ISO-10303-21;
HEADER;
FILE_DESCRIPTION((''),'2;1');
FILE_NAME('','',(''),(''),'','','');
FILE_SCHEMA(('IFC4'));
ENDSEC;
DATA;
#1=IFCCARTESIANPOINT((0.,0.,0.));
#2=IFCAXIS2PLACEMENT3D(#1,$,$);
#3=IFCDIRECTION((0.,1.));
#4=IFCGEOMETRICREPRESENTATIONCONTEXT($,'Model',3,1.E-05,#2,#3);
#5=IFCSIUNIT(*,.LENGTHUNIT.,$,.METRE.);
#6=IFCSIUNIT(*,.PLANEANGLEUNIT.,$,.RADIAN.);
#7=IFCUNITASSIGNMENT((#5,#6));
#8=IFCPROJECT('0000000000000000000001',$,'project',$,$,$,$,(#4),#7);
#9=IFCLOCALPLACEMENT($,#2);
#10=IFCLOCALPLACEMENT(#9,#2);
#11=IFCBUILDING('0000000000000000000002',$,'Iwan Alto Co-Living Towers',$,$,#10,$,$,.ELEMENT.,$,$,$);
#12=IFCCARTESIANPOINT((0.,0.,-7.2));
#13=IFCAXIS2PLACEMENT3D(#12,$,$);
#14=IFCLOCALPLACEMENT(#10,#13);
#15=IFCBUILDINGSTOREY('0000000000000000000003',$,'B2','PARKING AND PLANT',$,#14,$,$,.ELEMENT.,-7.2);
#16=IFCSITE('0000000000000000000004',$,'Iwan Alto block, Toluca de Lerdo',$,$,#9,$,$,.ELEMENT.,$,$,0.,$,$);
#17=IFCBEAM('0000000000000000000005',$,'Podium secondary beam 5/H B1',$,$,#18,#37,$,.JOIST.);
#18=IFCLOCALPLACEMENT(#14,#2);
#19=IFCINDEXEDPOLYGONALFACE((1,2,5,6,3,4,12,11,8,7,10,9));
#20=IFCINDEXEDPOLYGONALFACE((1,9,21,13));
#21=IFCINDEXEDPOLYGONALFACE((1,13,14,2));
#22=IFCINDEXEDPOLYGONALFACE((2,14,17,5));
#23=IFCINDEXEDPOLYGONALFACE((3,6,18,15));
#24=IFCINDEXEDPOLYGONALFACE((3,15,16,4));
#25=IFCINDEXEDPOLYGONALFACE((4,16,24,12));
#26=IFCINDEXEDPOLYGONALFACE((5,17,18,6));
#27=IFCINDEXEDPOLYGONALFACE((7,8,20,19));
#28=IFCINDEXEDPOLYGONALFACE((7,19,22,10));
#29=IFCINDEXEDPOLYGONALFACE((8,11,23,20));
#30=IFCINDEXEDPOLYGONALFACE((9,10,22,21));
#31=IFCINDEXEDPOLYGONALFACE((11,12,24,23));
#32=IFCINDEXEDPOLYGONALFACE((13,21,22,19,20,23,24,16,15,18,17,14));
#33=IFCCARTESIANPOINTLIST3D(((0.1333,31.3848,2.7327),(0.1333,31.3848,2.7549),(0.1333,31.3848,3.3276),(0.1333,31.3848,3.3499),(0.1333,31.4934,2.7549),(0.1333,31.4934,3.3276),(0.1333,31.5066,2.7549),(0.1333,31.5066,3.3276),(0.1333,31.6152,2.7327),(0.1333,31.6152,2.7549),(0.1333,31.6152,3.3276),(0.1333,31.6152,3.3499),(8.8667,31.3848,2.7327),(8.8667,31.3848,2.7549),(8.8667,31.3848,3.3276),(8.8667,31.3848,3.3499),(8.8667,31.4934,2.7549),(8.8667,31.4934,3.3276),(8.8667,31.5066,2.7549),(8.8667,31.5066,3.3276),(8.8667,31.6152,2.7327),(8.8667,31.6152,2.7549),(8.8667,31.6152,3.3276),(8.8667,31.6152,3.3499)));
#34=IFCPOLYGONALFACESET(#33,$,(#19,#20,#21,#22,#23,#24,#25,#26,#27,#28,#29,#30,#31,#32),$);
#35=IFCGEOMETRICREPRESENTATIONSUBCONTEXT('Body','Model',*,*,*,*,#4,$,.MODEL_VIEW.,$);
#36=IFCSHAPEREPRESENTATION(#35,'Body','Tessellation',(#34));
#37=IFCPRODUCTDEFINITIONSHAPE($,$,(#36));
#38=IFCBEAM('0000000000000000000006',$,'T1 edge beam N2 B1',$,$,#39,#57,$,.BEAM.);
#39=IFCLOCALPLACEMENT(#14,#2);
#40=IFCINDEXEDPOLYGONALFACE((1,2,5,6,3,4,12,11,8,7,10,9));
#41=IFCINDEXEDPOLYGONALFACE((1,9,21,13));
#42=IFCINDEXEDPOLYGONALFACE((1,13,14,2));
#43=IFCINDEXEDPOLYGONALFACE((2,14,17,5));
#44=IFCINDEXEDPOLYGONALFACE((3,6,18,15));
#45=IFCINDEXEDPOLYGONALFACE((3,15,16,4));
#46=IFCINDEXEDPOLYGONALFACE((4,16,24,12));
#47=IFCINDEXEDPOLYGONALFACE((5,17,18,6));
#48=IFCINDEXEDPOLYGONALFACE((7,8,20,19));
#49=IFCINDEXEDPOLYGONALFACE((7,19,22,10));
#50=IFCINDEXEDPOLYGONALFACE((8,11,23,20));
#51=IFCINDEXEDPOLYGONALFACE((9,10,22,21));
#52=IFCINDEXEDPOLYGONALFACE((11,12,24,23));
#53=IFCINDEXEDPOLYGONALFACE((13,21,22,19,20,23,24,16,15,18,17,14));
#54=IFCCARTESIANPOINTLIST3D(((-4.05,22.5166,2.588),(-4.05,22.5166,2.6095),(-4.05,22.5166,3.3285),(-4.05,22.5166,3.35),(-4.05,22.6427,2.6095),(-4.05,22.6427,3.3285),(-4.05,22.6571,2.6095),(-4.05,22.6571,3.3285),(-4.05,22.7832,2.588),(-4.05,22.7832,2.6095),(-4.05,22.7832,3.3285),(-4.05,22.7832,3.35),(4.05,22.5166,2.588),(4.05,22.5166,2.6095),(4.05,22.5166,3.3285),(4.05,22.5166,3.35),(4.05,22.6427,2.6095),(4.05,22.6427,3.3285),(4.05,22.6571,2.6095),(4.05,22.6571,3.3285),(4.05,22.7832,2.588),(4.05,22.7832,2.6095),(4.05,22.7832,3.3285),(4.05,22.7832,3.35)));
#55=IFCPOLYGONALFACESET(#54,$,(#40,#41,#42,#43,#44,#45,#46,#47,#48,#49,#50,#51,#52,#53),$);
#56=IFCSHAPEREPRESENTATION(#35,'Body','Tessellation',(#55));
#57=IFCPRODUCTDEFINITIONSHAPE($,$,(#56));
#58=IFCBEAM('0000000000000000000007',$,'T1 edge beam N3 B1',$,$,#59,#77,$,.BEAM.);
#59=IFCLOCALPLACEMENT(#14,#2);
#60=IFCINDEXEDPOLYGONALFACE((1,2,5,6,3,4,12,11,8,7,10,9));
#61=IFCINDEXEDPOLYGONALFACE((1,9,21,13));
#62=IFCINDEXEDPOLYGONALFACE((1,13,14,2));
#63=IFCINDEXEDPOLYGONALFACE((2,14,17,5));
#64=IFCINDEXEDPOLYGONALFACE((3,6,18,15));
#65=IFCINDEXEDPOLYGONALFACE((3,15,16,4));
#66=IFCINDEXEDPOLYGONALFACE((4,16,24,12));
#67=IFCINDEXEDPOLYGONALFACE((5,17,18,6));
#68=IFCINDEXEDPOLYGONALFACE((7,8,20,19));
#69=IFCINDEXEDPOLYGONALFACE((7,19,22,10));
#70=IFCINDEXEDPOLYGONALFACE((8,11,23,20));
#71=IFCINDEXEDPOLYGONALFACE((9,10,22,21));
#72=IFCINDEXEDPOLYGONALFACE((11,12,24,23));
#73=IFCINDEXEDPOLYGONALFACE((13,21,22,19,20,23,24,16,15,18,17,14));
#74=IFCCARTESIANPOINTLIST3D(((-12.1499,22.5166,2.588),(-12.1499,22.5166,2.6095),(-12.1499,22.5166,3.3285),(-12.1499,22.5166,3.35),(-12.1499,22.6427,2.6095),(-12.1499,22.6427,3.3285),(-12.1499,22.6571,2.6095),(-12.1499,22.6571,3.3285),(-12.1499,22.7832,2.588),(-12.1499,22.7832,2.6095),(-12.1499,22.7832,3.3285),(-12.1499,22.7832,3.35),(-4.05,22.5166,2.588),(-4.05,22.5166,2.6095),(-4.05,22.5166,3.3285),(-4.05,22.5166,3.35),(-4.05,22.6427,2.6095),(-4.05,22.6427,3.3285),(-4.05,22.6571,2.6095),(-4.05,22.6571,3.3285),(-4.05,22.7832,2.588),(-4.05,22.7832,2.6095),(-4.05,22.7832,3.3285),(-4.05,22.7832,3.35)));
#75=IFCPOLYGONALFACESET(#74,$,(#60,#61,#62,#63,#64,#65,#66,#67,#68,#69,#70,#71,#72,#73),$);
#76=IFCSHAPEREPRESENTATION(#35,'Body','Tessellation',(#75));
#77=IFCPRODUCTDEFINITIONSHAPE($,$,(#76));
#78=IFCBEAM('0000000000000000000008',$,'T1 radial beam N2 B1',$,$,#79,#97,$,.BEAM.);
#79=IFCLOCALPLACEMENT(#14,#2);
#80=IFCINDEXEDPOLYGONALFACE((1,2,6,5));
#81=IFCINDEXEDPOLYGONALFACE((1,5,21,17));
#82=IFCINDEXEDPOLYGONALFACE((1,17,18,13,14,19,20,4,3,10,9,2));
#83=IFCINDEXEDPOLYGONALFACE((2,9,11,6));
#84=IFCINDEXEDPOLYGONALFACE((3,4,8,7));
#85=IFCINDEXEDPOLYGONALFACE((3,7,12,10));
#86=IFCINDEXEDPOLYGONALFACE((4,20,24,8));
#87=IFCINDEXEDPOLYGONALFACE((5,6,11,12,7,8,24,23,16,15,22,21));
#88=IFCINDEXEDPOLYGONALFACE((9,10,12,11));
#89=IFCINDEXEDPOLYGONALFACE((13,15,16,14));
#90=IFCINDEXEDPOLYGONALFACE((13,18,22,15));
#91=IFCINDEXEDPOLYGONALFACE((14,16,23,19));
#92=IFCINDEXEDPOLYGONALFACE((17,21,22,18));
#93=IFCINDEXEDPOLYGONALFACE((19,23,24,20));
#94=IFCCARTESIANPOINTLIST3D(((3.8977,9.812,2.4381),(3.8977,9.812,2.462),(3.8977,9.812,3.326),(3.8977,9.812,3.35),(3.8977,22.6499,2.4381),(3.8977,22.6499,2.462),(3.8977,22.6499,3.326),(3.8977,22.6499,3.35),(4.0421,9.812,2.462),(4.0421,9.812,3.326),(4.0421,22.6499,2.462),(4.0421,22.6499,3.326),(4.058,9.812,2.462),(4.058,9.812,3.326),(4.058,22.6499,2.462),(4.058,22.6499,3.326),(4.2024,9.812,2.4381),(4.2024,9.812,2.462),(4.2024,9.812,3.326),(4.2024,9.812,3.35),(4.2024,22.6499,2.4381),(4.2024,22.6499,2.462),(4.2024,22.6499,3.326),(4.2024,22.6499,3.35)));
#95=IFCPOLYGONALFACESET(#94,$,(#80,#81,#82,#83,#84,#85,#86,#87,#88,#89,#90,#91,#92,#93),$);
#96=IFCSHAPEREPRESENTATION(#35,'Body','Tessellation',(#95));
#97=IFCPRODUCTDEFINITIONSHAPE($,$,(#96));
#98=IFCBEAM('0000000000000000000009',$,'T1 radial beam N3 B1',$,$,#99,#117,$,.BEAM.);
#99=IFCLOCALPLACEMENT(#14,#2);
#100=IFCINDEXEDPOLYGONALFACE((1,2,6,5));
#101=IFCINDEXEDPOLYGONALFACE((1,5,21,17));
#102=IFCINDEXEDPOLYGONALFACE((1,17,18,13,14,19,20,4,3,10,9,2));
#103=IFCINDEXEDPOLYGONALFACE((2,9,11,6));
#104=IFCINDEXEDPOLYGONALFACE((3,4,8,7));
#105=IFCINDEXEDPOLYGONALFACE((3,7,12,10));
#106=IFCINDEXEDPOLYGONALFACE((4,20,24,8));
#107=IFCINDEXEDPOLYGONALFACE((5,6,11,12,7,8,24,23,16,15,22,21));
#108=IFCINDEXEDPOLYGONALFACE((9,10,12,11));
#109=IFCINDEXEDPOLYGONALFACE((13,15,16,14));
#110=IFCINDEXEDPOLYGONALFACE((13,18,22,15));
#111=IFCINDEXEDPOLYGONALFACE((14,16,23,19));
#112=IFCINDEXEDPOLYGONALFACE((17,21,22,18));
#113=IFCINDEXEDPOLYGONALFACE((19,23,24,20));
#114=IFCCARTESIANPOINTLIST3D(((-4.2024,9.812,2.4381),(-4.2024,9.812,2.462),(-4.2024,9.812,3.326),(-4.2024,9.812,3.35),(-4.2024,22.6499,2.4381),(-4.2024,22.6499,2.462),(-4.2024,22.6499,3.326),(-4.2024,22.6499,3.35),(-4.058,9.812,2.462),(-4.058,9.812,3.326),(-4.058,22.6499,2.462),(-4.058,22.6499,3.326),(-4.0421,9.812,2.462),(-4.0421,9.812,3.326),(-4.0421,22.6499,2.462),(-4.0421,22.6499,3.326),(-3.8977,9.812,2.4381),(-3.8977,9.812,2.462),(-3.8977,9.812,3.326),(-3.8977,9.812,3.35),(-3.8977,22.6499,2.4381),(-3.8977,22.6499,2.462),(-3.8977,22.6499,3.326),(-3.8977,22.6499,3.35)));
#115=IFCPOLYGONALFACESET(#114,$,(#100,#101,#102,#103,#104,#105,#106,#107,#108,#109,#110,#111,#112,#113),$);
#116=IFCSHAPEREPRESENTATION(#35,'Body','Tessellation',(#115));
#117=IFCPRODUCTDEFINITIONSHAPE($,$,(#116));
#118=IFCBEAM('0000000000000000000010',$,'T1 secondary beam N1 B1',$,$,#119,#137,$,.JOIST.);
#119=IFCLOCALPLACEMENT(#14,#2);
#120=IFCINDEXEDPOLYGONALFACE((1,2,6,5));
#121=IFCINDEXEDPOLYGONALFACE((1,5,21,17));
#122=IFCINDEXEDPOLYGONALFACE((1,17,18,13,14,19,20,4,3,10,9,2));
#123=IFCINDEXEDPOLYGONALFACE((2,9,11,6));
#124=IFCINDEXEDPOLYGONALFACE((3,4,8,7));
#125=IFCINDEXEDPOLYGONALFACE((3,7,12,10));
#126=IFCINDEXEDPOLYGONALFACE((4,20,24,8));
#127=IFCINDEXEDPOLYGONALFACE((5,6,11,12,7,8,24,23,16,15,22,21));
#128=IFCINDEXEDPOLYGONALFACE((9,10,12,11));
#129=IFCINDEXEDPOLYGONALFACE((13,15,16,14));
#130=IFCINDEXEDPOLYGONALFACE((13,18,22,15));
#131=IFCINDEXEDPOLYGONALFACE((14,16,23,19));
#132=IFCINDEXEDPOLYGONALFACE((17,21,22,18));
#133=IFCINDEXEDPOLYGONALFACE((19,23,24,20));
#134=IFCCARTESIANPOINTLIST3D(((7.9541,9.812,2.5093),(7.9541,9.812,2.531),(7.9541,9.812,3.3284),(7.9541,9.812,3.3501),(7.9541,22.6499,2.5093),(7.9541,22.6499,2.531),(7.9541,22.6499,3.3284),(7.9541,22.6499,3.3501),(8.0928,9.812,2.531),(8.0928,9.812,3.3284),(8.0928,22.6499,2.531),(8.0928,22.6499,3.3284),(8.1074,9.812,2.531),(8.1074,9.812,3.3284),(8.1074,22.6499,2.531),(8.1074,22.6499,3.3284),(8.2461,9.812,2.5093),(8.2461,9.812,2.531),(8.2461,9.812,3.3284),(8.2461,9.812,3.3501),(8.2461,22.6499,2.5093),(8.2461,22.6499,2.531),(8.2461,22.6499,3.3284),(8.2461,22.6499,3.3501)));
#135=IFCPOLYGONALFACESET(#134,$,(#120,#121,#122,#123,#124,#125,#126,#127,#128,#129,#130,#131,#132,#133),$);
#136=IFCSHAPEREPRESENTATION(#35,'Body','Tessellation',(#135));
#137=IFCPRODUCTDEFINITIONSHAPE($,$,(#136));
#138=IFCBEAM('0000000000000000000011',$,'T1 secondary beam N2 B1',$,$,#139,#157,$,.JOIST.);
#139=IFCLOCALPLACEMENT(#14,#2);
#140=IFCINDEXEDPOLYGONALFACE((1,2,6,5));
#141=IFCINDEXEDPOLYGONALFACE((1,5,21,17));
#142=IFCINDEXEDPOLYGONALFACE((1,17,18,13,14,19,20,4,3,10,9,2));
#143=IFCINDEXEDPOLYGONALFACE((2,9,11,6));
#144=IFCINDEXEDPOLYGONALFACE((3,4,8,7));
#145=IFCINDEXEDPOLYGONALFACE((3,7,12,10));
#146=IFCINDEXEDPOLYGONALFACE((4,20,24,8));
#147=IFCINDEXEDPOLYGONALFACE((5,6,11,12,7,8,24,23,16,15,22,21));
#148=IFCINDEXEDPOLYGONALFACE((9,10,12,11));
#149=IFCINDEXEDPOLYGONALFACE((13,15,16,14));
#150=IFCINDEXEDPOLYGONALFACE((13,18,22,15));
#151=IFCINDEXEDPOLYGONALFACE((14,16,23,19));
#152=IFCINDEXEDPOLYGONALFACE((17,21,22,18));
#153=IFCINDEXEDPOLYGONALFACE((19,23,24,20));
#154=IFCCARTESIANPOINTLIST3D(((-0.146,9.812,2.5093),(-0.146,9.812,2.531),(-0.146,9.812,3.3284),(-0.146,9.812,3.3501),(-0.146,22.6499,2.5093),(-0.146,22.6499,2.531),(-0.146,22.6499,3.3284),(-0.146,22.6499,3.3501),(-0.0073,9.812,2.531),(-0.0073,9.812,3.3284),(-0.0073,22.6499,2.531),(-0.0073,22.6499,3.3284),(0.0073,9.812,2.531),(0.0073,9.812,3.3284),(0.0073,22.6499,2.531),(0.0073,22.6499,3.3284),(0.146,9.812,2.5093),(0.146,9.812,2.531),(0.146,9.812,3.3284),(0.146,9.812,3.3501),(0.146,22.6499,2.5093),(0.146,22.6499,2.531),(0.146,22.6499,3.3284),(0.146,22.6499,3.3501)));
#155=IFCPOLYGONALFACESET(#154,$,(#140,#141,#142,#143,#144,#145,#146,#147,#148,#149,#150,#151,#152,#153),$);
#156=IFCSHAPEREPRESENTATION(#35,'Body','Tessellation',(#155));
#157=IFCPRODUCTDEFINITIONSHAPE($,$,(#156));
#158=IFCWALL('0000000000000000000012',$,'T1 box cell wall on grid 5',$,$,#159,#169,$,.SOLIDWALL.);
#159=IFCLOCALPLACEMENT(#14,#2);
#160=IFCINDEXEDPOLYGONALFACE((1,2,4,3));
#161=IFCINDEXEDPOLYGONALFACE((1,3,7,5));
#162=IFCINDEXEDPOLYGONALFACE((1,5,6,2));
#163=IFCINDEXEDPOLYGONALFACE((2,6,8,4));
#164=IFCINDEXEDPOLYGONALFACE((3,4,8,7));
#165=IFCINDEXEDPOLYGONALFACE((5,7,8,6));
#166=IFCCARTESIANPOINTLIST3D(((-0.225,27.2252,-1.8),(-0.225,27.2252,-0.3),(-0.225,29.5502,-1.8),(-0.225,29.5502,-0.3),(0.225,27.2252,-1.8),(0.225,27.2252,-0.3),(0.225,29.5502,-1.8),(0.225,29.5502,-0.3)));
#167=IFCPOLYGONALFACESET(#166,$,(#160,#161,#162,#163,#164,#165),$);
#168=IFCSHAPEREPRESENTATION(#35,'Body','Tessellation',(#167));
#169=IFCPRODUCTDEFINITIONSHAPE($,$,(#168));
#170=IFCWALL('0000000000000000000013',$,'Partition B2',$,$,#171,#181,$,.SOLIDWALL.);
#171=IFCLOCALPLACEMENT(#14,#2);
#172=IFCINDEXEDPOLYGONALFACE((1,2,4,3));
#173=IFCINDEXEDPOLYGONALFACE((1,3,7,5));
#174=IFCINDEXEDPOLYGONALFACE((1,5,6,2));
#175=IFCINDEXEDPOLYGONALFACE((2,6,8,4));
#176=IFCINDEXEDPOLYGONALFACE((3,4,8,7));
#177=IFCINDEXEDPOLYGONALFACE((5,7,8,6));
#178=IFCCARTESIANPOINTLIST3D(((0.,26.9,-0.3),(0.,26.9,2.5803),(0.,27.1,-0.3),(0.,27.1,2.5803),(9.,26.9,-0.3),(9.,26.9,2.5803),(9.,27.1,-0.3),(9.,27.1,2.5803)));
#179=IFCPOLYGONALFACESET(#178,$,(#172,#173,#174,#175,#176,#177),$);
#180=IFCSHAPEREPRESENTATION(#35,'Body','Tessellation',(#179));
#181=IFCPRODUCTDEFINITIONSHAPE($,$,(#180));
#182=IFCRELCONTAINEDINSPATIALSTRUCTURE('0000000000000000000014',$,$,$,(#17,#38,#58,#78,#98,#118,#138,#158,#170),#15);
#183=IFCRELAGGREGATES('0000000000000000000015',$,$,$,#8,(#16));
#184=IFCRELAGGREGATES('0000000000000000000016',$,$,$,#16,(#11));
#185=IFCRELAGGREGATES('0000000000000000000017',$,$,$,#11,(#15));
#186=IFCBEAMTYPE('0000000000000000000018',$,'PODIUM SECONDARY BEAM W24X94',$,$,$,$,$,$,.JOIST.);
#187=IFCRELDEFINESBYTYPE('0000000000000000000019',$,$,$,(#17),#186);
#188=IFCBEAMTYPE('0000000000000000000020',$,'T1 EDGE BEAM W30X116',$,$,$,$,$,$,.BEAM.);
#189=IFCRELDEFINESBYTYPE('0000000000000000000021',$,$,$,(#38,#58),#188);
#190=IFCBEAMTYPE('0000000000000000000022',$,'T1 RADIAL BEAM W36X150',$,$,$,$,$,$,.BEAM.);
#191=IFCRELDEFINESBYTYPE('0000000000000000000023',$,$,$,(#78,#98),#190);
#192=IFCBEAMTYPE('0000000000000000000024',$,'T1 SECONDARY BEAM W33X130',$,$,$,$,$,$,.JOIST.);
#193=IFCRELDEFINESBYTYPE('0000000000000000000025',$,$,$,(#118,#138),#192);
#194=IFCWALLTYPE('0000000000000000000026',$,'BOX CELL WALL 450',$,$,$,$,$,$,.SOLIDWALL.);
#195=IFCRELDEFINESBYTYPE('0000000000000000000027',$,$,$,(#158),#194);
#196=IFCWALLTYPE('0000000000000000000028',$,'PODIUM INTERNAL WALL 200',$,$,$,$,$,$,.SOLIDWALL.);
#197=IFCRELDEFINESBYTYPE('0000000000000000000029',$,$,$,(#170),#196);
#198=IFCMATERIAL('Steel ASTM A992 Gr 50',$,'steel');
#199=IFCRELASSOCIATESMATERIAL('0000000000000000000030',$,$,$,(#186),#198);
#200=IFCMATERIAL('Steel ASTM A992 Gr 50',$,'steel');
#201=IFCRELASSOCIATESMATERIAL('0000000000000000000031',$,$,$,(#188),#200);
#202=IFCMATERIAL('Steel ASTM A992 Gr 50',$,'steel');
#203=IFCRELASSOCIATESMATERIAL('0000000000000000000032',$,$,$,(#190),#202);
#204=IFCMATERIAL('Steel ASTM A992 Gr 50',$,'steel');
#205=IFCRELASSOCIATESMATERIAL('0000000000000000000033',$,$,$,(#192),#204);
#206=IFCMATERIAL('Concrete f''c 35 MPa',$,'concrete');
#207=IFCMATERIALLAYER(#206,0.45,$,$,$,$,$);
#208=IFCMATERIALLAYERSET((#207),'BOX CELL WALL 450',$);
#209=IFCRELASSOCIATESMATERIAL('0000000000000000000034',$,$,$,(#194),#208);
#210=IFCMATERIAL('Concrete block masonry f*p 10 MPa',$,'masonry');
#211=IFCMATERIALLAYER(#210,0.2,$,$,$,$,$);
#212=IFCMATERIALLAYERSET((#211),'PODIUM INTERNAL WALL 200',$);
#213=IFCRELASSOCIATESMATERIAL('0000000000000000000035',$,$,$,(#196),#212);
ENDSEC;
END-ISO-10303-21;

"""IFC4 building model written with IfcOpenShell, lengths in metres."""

from ifc_helpers import new_model, si_unit, direction, frame, frame_2d, origin, origin_2d, place, context, subcontext, project, spatial, rectangle, i_section, extrude, material, layer, layer_set, material_profile, profile_set, type_object, element, save


model = new_model("IFC4")

# Units and contexts
model_context = context("Model", 3, precision=1e-05, world=origin(), true_north=direction((0.0, 1.0)))
body_context = subcontext(model_context, "Body", "Model", "MODEL_VIEW")
ifc_project = project(units=[si_unit("LENGTHUNIT", "METRE"), si_unit("PLANEANGLEUNIT", "RADIAN")], contexts=[model_context])

# Site, building, storey
site_placement = place(None, origin())
site = spatial("IfcSite", under=ifc_project, at=site_placement, Name="Iwan Alto block, Toluca de Lerdo", CompositionType="ELEMENT", RefElevation=0.0)
building_placement = place(site_placement, origin())
building = spatial("IfcBuilding", under=site, at=building_placement, Name="Iwan Alto Co-Living Towers", CompositionType="ELEMENT")
storey_placement = place(building_placement, frame((0.0, 0.0, -7.2)))
storey = spatial("IfcBuildingStorey", under=building, at=storey_placement, Name="B2", Description="PARKING AND PLANT", CompositionType="ELEMENT", Elevation=-7.2)

# Beams
ifc_material_1 = material(Name="Steel ASTM A992 Gr 50", Category="steel")
ifc_material_profile_1 = material_profile(ifc_material_1, i_section(OverallWidth=0.2305, OverallDepth=0.6172, WebThickness=0.0132, FlangeThickness=0.0222, at=origin_2d()), Name="W24X94")
ifc_profile_set_1 = profile_set([ifc_material_profile_1], Name="Steel ASTM A992 Gr 50")
beam_type_1 = type_object("IfcBeamType", Name="PODIUM SECONDARY BEAM W24X94", PredefinedType="JOIST", material=ifc_profile_set_1)
beam_1_placement = place(storey_placement, frame((0.1333, 31.5, 3.0413), z_axis=(1.0, 0.0, 0.0), x_axis=(0.0, 1.0, 0.0)))
element("IfcBeam", 1, at=beam_1_placement, inside=storey, type_object=beam_type_1, Name="Podium secondary beam 5/H B1", PredefinedType="JOIST", context=body_context, shape_type="SweptSolid", body=[
    extrude(i_section(OverallWidth=0.2305, OverallDepth=0.6172, WebThickness=0.0132, FlangeThickness=0.0222, at=origin_2d()), origin(), (0.0, 0.0, 1.0), 8.7334),
])
ifc_material_2 = material(Name="Steel ASTM A992 Gr 50", Category="steel")
ifc_material_profile_2 = material_profile(ifc_material_2, i_section(OverallWidth=0.2666, OverallDepth=0.762, WebThickness=0.0144, FlangeThickness=0.0215, at=origin_2d()), Name="W30X116")
ifc_profile_set_2 = profile_set([ifc_material_profile_2], Name="Steel ASTM A992 Gr 50")
beam_type_2 = type_object("IfcBeamType", Name="T1 EDGE BEAM W30X116", PredefinedType="BEAM", material=ifc_profile_set_2)
beam_2_placement = place(storey_placement, frame((4.05, 22.6499, 2.969), z_axis=(-1.0, 0.0, 0.0), x_axis=(0.0, -1.0, 0.0)))
element("IfcBeam", 2, at=beam_2_placement, inside=storey, type_object=beam_type_2, Name="T1 edge beam N2 B1", PredefinedType="BEAM", context=body_context, shape_type="SweptSolid", body=[
    extrude(i_section(OverallWidth=0.2666, OverallDepth=0.762, WebThickness=0.0144, FlangeThickness=0.0215, at=origin_2d()), origin(), (0.0, 0.0, 1.0), 8.1001),
])
beam_3_placement = place(storey_placement, frame((-4.05, 22.6499, 2.969), z_axis=(-1.0, 0.0, 0.0), x_axis=(0.0, -1.0, 0.0)))
element("IfcBeam", 3, at=beam_3_placement, inside=storey, type_object=beam_type_2, Name="T1 edge beam N3 B1", PredefinedType="BEAM", context=body_context, shape_type="SweptSolid", body=[
    extrude(i_section(OverallWidth=0.2666, OverallDepth=0.762, WebThickness=0.0144, FlangeThickness=0.0215, at=origin_2d()), origin(), (0.0, 0.0, 1.0), 8.0999),
])
ifc_material_3 = material(Name="Steel ASTM A992 Gr 50", Category="steel")
ifc_material_profile_3 = material_profile(ifc_material_3, i_section(OverallWidth=0.3047, OverallDepth=0.9119, WebThickness=0.0159, FlangeThickness=0.0239, at=origin_2d()), Name="W36X150")
ifc_profile_set_3 = profile_set([ifc_material_profile_3], Name="Steel ASTM A992 Gr 50")
beam_type_3 = type_object("IfcBeamType", Name="T1 RADIAL BEAM W36X150", PredefinedType="BEAM", material=ifc_profile_set_3)
for number, where, z_axis, x_axis, name in (
    (4, (4.05, 22.6499, 2.894), (0.0, -1.0, 0.0), (1.0, 0.0, 0.0), "T1 radial beam N2 B1"),
    (5, (-4.05, 22.6499, 2.894), (0.0, -1.0, 0.0), (1.0, 0.0, 0.0), "T1 radial beam N3 B1"),
):
    element("IfcBeam", number, at=place(storey_placement, frame(where, z_axis=z_axis, x_axis=x_axis)), inside=storey, type_object=beam_type_3, Name=name, PredefinedType="BEAM", context=body_context, shape_type="SweptSolid", body=[
        extrude(i_section(OverallWidth=0.3047, OverallDepth=0.9119, WebThickness=0.0159, FlangeThickness=0.0239, at=origin_2d()), origin(), (0.0, 0.0, 1.0), 12.8379),
    ])
ifc_material_4 = material(Name="Steel ASTM A992 Gr 50", Category="steel")
ifc_material_profile_4 = material_profile(ifc_material_4, i_section(OverallWidth=0.292, OverallDepth=0.8408, WebThickness=0.0146, FlangeThickness=0.0217, at=origin_2d()), Name="W33X130")
ifc_profile_set_4 = profile_set([ifc_material_profile_4], Name="Steel ASTM A992 Gr 50")
beam_type_4 = type_object("IfcBeamType", Name="T1 SECONDARY BEAM W33X130", PredefinedType="JOIST", material=ifc_profile_set_4)
for number, where, z_axis, x_axis, name in (
    (6, (8.1001, 22.6499, 2.9297), (0.0, -1.0, 0.0), (1.0, 0.0, 0.0), "T1 secondary beam N1 B1"),
    (7, (0.0, 22.6499, 2.9297), (0.0, -1.0, 0.0), (1.0, 0.0, 0.0), "T1 secondary beam N2 B1"),
):
    element("IfcBeam", number, at=place(storey_placement, frame(where, z_axis=z_axis, x_axis=x_axis)), inside=storey, type_object=beam_type_4, Name=name, PredefinedType="JOIST", context=body_context, shape_type="SweptSolid", body=[
        extrude(i_section(OverallWidth=0.292, OverallDepth=0.8408, WebThickness=0.0146, FlangeThickness=0.0217, at=origin_2d()), origin(), (0.0, 0.0, 1.0), 12.8379),
    ])

# Walls
ifc_material_5 = material(Name="Concrete f'c 35 MPa", Category="concrete")
ifc_layer_1 = layer(ifc_material_5, 0.45)
ifc_layer_set_1 = layer_set([ifc_layer_1], Name="BOX CELL WALL 450")
wall_type_1 = type_object("IfcWallType", Name="BOX CELL WALL 450", PredefinedType="SOLIDWALL", material=ifc_layer_set_1)
wall_1_placement = place(storey_placement, frame((0.0, 27.2251, -1.8), z_axis=(0.0, 0.0, 1.0), x_axis=(0.0, 1.0, 0.0)))
element("IfcWall", 8, at=wall_1_placement, inside=storey, type_object=wall_type_1, Name="T1 box cell wall on grid 5", PredefinedType="SOLIDWALL", context=body_context, shape_type="SweptSolid", body=[
    extrude(rectangle(XDim=2.325, YDim=0.45, at=frame_2d((1.1626, 0.0))), origin(), (0.0, 0.0, 1.0), 1.5),
])
ifc_material_6 = material(Name="Concrete block masonry f*p 10 MPa", Category="masonry")
ifc_layer_2 = layer(ifc_material_6, 0.2)
ifc_layer_set_2 = layer_set([ifc_layer_2], Name="PODIUM INTERNAL WALL 200")
wall_type_2 = type_object("IfcWallType", Name="PODIUM INTERNAL WALL 200", PredefinedType="SOLIDWALL", material=ifc_layer_set_2)
wall_2_placement = place(storey_placement, frame((0.0, 27.0, -0.3), z_axis=(0.0, 0.0, 1.0), x_axis=(1.0, 0.0, 0.0)))
element("IfcWall", 9, at=wall_2_placement, inside=storey, type_object=wall_type_2, Name="Partition B2", PredefinedType="SOLIDWALL", context=body_context, shape_type="SweptSolid", body=[
    extrude(rectangle(XDim=9.0, YDim=0.2, at=frame_2d((4.5, 0.0))), origin(), (0.0, 0.0, 1.0), 2.8804),
])

save(model, "model.ifc")
